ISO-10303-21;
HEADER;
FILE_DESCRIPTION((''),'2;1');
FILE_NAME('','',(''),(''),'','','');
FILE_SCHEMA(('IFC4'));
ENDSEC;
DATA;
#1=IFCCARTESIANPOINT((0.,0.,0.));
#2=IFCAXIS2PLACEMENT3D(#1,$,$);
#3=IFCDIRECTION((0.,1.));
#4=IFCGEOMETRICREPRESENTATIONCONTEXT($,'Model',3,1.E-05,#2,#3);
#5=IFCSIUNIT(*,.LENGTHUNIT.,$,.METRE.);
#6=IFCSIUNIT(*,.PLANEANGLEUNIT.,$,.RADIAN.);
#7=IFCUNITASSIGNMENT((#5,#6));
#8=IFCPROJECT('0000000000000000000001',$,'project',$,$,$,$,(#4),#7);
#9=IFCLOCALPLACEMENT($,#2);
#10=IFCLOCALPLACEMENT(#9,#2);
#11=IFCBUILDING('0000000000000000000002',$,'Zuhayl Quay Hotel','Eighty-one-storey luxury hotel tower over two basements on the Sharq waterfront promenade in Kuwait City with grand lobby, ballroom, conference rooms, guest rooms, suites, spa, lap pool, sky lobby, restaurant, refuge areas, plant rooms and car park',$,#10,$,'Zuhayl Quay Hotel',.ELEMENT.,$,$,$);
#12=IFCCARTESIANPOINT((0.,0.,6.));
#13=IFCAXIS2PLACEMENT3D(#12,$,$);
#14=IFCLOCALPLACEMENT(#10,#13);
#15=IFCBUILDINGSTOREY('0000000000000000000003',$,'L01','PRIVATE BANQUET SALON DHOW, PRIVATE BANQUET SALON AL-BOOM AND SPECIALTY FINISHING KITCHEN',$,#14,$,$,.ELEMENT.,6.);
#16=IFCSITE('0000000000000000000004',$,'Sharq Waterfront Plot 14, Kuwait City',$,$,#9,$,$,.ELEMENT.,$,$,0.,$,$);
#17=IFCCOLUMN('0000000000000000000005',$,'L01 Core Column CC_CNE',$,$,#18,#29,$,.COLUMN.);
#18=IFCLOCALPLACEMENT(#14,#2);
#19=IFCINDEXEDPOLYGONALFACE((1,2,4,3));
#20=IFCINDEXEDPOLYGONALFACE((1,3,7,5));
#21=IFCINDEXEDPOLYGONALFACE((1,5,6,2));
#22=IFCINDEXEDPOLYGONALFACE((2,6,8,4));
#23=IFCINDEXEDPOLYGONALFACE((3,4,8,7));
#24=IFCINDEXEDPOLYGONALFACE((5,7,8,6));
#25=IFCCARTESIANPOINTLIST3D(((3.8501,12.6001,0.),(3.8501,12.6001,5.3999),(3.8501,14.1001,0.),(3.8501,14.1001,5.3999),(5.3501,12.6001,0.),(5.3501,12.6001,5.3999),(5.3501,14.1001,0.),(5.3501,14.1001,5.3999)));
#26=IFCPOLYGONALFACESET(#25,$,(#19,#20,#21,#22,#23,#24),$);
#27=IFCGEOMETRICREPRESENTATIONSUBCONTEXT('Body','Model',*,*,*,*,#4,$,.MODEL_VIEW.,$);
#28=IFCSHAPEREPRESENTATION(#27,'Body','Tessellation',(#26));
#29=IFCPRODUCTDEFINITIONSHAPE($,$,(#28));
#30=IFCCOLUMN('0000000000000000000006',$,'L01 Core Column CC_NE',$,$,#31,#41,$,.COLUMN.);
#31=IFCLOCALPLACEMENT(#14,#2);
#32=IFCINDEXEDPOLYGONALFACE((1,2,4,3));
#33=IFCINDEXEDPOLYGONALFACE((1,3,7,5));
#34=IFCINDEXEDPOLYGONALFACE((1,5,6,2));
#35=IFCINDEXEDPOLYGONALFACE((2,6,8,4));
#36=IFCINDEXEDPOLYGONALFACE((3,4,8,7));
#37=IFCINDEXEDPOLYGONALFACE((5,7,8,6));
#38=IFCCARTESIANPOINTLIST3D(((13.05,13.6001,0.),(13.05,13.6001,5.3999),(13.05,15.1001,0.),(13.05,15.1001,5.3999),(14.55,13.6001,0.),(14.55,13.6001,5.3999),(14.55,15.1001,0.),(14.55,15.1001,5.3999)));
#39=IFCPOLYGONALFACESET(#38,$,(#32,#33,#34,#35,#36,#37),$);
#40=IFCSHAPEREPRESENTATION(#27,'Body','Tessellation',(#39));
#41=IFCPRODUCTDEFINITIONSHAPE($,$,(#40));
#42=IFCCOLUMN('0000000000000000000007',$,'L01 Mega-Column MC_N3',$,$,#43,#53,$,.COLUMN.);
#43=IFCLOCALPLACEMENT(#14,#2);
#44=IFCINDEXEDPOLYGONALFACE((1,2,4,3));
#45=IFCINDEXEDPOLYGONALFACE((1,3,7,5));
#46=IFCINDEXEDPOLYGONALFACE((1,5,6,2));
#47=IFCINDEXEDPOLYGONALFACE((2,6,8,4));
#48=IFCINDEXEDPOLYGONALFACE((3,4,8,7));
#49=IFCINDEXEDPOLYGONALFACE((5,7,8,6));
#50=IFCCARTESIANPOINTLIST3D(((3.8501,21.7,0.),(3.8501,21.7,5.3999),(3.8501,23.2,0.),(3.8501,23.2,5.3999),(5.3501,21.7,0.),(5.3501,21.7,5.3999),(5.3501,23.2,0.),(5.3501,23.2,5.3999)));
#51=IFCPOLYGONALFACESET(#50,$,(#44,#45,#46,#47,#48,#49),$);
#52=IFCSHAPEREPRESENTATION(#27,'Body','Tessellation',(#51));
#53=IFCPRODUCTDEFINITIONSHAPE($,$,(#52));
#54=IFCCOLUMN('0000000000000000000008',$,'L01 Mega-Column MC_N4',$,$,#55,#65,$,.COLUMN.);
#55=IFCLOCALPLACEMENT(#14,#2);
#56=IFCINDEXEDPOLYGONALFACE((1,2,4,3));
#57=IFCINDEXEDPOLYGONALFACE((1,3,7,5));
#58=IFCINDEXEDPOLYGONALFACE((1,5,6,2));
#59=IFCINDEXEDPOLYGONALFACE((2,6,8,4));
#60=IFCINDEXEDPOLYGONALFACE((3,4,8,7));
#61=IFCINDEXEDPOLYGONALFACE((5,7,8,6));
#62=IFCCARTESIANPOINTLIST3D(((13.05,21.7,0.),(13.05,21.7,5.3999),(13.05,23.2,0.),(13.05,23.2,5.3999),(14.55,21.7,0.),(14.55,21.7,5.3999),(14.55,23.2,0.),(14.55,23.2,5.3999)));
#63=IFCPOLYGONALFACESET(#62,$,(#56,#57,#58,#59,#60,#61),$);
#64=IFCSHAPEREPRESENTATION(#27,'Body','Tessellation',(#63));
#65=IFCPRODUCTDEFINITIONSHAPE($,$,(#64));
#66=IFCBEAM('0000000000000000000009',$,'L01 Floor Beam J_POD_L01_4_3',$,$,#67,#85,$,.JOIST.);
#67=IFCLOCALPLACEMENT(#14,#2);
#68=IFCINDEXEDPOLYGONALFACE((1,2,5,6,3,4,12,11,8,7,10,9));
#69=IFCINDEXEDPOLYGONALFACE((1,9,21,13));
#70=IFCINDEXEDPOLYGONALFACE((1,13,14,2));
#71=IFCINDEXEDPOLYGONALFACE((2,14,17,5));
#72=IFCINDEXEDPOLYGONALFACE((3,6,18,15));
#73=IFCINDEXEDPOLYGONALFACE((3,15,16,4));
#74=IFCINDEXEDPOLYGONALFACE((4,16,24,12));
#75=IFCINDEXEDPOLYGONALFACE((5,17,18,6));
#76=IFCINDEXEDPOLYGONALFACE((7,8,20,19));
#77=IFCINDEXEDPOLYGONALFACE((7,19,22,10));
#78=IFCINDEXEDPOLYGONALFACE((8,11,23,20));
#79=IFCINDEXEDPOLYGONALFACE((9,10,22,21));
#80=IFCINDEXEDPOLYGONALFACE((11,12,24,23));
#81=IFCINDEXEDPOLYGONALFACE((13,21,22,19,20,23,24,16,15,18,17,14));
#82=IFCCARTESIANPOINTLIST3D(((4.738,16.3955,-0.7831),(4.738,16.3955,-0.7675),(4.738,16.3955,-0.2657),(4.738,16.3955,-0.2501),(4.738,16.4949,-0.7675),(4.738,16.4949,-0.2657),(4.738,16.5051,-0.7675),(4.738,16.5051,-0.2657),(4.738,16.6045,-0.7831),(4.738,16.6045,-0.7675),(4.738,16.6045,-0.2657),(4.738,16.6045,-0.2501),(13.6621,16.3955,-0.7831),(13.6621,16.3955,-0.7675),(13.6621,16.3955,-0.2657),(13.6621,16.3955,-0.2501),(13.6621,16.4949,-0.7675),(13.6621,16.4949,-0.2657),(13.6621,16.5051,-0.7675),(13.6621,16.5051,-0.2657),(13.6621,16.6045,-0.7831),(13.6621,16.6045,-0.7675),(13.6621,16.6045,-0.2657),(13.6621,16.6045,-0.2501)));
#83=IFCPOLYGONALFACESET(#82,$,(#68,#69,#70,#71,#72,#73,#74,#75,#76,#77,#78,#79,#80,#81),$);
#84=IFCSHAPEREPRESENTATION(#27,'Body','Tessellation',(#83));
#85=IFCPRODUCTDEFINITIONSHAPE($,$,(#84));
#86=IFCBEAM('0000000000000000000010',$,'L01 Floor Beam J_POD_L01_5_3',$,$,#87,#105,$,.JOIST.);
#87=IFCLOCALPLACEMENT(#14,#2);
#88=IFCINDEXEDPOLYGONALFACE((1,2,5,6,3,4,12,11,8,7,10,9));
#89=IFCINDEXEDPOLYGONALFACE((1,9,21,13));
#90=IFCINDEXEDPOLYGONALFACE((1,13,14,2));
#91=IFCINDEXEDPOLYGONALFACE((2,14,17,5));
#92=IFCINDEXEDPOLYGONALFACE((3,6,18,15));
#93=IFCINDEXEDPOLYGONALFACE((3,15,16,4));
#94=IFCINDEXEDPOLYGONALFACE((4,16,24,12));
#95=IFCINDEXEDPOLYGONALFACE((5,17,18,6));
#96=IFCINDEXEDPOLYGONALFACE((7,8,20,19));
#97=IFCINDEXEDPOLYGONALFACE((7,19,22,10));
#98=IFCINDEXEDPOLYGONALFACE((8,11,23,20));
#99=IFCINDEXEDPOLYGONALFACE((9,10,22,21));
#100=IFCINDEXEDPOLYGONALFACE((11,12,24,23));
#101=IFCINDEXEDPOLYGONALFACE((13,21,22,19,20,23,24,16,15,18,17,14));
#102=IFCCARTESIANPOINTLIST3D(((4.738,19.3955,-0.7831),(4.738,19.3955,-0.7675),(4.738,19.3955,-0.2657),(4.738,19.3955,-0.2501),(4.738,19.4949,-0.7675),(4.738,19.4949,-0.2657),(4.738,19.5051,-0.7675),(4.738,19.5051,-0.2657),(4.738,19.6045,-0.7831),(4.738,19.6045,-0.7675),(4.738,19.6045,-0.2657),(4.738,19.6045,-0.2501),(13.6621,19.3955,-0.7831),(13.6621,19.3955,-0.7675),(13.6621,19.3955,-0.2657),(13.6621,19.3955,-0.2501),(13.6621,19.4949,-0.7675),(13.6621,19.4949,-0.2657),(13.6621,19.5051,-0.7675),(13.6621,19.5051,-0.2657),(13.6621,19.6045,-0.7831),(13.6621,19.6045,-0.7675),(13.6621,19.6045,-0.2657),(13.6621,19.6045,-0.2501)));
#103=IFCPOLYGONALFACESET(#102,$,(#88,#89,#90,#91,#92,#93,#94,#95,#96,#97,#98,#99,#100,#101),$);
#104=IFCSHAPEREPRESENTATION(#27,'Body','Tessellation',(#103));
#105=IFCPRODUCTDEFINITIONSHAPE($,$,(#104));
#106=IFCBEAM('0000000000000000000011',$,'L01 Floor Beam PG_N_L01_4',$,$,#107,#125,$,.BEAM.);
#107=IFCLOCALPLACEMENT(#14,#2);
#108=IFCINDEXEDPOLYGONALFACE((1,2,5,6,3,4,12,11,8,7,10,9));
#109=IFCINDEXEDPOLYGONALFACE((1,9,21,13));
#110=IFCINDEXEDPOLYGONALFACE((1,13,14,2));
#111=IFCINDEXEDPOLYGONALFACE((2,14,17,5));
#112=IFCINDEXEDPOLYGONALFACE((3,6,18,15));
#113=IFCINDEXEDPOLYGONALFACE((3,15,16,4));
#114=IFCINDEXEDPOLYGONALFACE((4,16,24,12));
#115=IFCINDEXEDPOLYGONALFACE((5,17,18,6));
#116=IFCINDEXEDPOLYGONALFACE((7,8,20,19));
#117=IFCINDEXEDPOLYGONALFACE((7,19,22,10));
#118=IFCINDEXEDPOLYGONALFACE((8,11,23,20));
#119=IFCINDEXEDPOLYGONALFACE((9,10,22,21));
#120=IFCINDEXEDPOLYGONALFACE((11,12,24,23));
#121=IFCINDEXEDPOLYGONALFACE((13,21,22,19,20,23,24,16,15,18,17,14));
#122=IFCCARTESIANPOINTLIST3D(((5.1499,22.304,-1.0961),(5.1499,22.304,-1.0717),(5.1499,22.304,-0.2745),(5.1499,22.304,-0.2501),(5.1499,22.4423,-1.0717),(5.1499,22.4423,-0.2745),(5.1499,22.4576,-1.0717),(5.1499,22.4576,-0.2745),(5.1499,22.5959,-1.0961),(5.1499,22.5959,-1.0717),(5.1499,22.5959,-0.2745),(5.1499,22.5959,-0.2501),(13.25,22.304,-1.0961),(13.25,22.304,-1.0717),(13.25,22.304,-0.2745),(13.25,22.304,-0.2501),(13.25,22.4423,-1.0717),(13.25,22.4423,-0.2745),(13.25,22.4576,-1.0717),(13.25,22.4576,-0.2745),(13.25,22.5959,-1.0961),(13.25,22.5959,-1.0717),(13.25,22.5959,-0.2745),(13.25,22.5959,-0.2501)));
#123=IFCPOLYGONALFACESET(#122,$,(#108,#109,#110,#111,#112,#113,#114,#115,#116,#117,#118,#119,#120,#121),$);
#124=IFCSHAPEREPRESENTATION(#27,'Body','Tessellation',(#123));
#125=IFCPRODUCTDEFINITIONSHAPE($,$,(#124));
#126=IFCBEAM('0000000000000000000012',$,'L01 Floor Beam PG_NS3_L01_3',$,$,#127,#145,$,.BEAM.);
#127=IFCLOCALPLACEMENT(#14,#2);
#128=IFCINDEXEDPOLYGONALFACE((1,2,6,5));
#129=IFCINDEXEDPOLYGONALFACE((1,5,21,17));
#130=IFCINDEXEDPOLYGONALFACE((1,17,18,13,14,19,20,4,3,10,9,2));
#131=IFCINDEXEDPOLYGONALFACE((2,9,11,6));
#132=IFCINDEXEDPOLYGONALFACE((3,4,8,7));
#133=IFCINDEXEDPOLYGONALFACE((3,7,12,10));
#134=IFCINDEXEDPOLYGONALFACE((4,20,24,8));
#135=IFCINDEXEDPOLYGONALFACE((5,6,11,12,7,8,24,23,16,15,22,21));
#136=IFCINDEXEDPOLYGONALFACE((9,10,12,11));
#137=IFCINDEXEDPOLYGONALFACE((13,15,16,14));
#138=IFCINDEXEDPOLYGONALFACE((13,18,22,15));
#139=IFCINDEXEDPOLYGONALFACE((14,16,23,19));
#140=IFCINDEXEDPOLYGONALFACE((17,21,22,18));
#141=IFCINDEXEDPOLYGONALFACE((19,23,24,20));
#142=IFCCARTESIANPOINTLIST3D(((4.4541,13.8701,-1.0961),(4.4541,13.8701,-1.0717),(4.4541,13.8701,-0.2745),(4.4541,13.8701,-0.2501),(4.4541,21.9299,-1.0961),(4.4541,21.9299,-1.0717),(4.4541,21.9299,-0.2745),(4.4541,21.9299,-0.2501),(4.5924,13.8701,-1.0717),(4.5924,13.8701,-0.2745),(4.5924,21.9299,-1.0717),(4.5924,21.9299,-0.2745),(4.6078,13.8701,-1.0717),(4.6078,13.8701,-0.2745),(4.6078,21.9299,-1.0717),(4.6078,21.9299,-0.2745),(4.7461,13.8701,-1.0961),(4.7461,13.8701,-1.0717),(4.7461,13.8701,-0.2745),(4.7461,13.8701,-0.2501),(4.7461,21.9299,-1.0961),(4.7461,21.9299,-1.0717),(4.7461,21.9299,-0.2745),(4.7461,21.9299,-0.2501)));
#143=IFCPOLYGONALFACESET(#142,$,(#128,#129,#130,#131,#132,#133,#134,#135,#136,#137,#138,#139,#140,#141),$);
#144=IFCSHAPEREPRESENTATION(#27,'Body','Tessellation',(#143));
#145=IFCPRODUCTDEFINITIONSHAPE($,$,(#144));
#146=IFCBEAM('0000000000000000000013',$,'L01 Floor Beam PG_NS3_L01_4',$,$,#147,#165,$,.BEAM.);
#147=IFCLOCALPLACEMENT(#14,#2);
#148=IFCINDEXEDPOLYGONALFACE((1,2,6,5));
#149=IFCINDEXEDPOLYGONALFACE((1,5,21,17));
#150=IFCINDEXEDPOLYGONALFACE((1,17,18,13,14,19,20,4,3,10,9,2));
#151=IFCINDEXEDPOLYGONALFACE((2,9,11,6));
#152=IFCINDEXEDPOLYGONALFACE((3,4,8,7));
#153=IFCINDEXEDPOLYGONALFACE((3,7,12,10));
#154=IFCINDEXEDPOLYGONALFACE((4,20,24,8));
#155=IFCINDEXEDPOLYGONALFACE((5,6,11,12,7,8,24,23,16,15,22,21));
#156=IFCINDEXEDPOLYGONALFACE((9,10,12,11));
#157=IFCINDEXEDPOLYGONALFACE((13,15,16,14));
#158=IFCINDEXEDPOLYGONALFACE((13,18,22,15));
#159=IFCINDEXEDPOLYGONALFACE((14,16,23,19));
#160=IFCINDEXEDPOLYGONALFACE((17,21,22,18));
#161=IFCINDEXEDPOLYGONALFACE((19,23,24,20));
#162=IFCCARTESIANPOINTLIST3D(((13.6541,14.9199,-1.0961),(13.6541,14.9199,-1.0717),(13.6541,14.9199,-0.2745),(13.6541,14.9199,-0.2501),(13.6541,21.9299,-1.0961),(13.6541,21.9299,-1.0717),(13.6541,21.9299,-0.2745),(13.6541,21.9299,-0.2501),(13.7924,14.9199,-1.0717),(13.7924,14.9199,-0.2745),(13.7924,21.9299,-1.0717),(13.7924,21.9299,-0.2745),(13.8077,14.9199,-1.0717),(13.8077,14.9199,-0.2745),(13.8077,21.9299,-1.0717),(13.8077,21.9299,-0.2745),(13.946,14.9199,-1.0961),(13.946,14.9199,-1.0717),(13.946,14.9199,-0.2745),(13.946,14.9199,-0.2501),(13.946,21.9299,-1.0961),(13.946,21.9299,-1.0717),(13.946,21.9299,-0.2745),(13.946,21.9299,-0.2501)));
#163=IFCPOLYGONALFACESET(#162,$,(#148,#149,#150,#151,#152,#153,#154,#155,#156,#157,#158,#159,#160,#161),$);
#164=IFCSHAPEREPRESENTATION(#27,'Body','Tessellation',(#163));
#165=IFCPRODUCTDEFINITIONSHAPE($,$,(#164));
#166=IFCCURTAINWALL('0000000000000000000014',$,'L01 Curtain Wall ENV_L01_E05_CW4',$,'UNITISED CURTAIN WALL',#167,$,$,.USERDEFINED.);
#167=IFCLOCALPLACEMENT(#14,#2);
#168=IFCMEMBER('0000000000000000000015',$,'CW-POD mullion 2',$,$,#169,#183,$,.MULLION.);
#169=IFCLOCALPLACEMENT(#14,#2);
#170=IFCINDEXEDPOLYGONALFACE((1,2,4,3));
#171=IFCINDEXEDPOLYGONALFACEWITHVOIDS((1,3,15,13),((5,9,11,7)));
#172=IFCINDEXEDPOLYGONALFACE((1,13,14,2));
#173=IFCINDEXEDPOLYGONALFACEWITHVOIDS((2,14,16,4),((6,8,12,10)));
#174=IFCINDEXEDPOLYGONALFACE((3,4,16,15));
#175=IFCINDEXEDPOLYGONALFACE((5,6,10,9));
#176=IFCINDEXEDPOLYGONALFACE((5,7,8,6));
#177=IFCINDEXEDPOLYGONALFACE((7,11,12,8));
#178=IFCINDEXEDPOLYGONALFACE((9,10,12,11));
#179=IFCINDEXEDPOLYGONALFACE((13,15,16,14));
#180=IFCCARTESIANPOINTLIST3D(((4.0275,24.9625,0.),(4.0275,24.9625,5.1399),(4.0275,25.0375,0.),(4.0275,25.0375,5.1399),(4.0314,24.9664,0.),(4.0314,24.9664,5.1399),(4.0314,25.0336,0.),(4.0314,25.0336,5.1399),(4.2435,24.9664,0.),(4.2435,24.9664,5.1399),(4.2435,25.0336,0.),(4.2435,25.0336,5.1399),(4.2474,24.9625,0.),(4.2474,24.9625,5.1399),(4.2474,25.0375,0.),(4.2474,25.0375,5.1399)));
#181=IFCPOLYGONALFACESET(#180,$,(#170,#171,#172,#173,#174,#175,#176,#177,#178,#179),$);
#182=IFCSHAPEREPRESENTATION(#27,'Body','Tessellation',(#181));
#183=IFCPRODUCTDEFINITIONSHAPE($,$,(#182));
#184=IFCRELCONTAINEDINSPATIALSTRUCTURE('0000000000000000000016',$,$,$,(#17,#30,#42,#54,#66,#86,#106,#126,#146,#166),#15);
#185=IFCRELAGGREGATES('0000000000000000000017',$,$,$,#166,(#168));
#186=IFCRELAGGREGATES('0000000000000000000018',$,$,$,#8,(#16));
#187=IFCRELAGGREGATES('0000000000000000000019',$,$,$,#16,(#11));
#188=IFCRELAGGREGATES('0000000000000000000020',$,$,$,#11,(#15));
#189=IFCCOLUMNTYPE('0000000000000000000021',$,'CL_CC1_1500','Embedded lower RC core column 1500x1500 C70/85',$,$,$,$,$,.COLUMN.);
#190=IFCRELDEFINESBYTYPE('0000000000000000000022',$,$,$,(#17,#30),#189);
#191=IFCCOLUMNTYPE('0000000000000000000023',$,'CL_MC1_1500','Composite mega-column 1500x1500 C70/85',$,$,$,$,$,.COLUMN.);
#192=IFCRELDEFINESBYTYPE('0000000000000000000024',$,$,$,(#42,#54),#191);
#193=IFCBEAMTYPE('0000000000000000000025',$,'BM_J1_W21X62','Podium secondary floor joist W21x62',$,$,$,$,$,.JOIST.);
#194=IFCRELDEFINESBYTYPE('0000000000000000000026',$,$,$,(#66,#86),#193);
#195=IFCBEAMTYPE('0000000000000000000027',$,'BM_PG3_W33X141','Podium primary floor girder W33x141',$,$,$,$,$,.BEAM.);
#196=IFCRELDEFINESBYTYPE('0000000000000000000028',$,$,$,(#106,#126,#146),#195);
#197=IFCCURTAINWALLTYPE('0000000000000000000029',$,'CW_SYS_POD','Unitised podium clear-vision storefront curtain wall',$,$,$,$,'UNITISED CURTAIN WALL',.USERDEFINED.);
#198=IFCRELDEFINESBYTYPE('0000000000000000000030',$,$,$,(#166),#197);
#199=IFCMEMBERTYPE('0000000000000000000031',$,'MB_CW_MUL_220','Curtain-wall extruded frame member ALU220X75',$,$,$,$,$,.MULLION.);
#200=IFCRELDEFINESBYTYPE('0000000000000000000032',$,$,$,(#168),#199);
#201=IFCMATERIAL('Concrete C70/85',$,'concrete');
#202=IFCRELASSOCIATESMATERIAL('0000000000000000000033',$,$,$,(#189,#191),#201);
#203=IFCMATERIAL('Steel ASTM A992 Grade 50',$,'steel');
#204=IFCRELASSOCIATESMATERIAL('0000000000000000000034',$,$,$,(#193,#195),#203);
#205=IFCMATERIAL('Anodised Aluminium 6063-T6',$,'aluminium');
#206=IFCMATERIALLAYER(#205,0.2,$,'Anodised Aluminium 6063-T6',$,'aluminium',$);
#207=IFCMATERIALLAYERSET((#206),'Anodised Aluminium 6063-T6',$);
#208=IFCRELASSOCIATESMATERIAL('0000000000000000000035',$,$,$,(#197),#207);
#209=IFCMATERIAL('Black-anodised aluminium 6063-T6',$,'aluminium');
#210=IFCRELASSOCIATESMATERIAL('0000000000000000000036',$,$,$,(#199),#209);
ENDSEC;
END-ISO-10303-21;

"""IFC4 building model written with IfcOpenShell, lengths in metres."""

from ifc_helpers import new_model, si_unit, direction, frame, origin, origin_2d, place, context, subcontext, project, spatial, rectangle, hollow_rectangle, i_section, extrude, material, layer, layer_set, material_profile, profile_set, type_object, element, aggregate, save


model = new_model("IFC4")

# Units and contexts
model_context = context("Model", 3, precision=1e-05, world=origin(), true_north=direction((0.0, 1.0)))
body_context = subcontext(model_context, "Body", "Model", "MODEL_VIEW")
ifc_project = project(units=[si_unit("LENGTHUNIT", "METRE"), si_unit("PLANEANGLEUNIT", "RADIAN")], contexts=[model_context])

# Site, building, storey
site_placement = place(None, origin())
site = spatial("IfcSite", under=ifc_project, at=site_placement, Name="Sharq Waterfront Plot 14, Kuwait City", CompositionType="ELEMENT", RefElevation=0.0)
building_placement = place(site_placement, origin())
building = spatial("IfcBuilding", under=site, at=building_placement, Name="Zuhayl Quay Hotel", Description="Eighty-one-storey luxury hotel tower over two basements on the Sharq waterfront promenade in Kuwait City with grand lobby, ballroom, conference rooms, guest rooms, suites, spa, lap pool, sky lobby, restaurant, refuge areas, plant rooms and car park", LongName="Zuhayl Quay Hotel", CompositionType="ELEMENT")
storey_placement = place(building_placement, frame((0.0, 0.0, 6.0)))
storey = spatial("IfcBuildingStorey", under=building, at=storey_placement, Name="L01", Description="PRIVATE BANQUET SALON DHOW, PRIVATE BANQUET SALON AL-BOOM AND SPECIALTY FINISHING KITCHEN", CompositionType="ELEMENT", Elevation=6.0)

# Columns
ifc_material_1 = material(Name="Concrete C70/85", Category="concrete")
ifc_material_profile_1 = material_profile(ifc_material_1, rectangle(XDim=1.5, YDim=1.5, at=origin_2d()), Name="RC1500X1500")
ifc_profile_set_1 = profile_set([ifc_material_profile_1], Name="Concrete C70/85")
column_type_1 = type_object("IfcColumnType", Name="CL_CC1_1500", Description="Embedded lower RC core column 1500x1500 C70/85", PredefinedType="COLUMN", material=ifc_profile_set_1)
for number, where, z_axis, x_axis, name in (
    (1, (4.6001, 13.3501, 0.0), (0.0, 0.0, 1.0), (1.0, 0.0, 0.0), "L01 Core Column CC_CNE"),
    (2, (13.8, 14.3501, 0.0), (0.0, 0.0, 1.0), (1.0, 0.0, 0.0), "L01 Core Column CC_NE"),
):
    element("IfcColumn", number, at=place(storey_placement, frame(where, z_axis=z_axis, x_axis=x_axis)), inside=storey, type_object=column_type_1, Name=name, PredefinedType="COLUMN", context=body_context, shape_type="SweptSolid", body=[
        extrude(rectangle(XDim=1.5, YDim=1.5, at=origin_2d()), origin(), (0.0, 0.0, 1.0), 5.3999),
    ])
ifc_material_profile_2 = material_profile(ifc_material_1, rectangle(XDim=1.5, YDim=1.5, at=origin_2d()), Name="RC1500X1500")
ifc_profile_set_2 = profile_set([ifc_material_profile_2], Name="Concrete C70/85")
column_type_2 = type_object("IfcColumnType", Name="CL_MC1_1500", Description="Composite mega-column 1500x1500 C70/85", PredefinedType="COLUMN", material=ifc_profile_set_2)
for number, where, z_axis, x_axis, name in (
    (3, (4.6001, 22.45, 0.0), (0.0, 0.0, 1.0), (1.0, 0.0, 0.0), "L01 Mega-Column MC_N3"),
    (4, (13.8, 22.45, 0.0), (0.0, 0.0, 1.0), (1.0, 0.0, 0.0), "L01 Mega-Column MC_N4"),
):
    element("IfcColumn", number, at=place(storey_placement, frame(where, z_axis=z_axis, x_axis=x_axis)), inside=storey, type_object=column_type_2, Name=name, PredefinedType="COLUMN", context=body_context, shape_type="SweptSolid", body=[
        extrude(rectangle(XDim=1.5, YDim=1.5, at=origin_2d()), origin(), (0.0, 0.0, 1.0), 5.3999),
    ])

# Beams
ifc_material_2 = material(Name="Steel ASTM A992 Grade 50", Category="steel")
ifc_material_profile_3 = material_profile(ifc_material_2, i_section(OverallWidth=0.209, OverallDepth=0.533, WebThickness=0.0103, FlangeThickness=0.0156, at=origin_2d()), Name="W21X62")
ifc_profile_set_3 = profile_set([ifc_material_profile_3], Name="Steel ASTM A992 Grade 50")
beam_type_1 = type_object("IfcBeamType", Name="BM_J1_W21X62", Description="Podium secondary floor joist W21x62", PredefinedType="JOIST", material=ifc_profile_set_3)
for number, where, z_axis, x_axis, name in (
    (5, (4.738, 16.5, -0.5166), (1.0, 0.0, 0.0), (0.0, 1.0, 0.0), "L01 Floor Beam J_POD_L01_4_3"),
    (6, (4.738, 19.5, -0.5166), (1.0, 0.0, 0.0), (0.0, 1.0, 0.0), "L01 Floor Beam J_POD_L01_5_3"),
):
    element("IfcBeam", number, at=place(storey_placement, frame(where, z_axis=z_axis, x_axis=x_axis)), inside=storey, type_object=beam_type_1, Name=name, PredefinedType="JOIST", context=body_context, shape_type="SweptSolid", body=[
        extrude(i_section(OverallWidth=0.209, OverallDepth=0.533, WebThickness=0.0103, FlangeThickness=0.0156, at=origin_2d()), origin(), (0.0, 0.0, 1.0), 8.9241),
    ])
ifc_material_profile_4 = material_profile(ifc_material_2, i_section(OverallWidth=0.292, OverallDepth=0.8459, WebThickness=0.0154, FlangeThickness=0.0244, at=origin_2d()), Name="W33X141")
ifc_profile_set_4 = profile_set([ifc_material_profile_4], Name="Steel ASTM A992 Grade 50")
beam_type_2 = type_object("IfcBeamType", Name="BM_PG3_W33X141", Description="Podium primary floor girder W33x141", PredefinedType="BEAM", material=ifc_profile_set_4)
beam_1_placement = place(storey_placement, frame((5.1499, 22.45, -0.6731), z_axis=(1.0, 0.0, 0.0), x_axis=(0.0, 1.0, 0.0)))
element("IfcBeam", 7, at=beam_1_placement, inside=storey, type_object=beam_type_2, Name="L01 Floor Beam PG_N_L01_4", PredefinedType="BEAM", context=body_context, shape_type="SweptSolid", body=[
    extrude(i_section(OverallWidth=0.292, OverallDepth=0.8459, WebThickness=0.0154, FlangeThickness=0.0244, at=origin_2d()), origin(), (0.0, 0.0, 1.0), 8.1001),
])
beam_2_placement = place(storey_placement, frame((4.6001, 13.8701, -0.6731), z_axis=(0.0, 1.0, 0.0), x_axis=(-1.0, 0.0, 0.0)))
element("IfcBeam", 8, at=beam_2_placement, inside=storey, type_object=beam_type_2, Name="L01 Floor Beam PG_NS3_L01_3", PredefinedType="BEAM", context=body_context, shape_type="SweptSolid", body=[
    extrude(i_section(OverallWidth=0.292, OverallDepth=0.8459, WebThickness=0.0154, FlangeThickness=0.0244, at=origin_2d()), origin(), (0.0, 0.0, 1.0), 8.0598),
])
beam_3_placement = place(storey_placement, frame((13.8, 14.9199, -0.6731), z_axis=(0.0, 1.0, 0.0), x_axis=(-1.0, 0.0, 0.0)))
element("IfcBeam", 9, at=beam_3_placement, inside=storey, type_object=beam_type_2, Name="L01 Floor Beam PG_NS3_L01_4", PredefinedType="BEAM", context=body_context, shape_type="SweptSolid", body=[
    extrude(i_section(OverallWidth=0.292, OverallDepth=0.8459, WebThickness=0.0154, FlangeThickness=0.0244, at=origin_2d()), origin(), (0.0, 0.0, 1.0), 7.01),
])

# Curtain wall, member
ifc_material_3 = material(Name="Anodised Aluminium 6063-T6", Category="aluminium")
ifc_layer_1 = layer(ifc_material_3, 0.2, Name="Anodised Aluminium 6063-T6", Category="aluminium")
ifc_layer_set_1 = layer_set([ifc_layer_1], Name="Anodised Aluminium 6063-T6")
curtain_wall_type = type_object("IfcCurtainWallType", Name="CW_SYS_POD", Description="Unitised podium clear-vision storefront curtain wall", ElementType="UNITISED CURTAIN WALL", PredefinedType="USERDEFINED", material=ifc_layer_set_1)
curtain_wall_placement = place(storey_placement, origin())
curtain_wall = element("IfcCurtainWall", 10, at=curtain_wall_placement, inside=storey, type_object=curtain_wall_type, Name="L01 Curtain Wall ENV_L01_E05_CW4", ObjectType="UNITISED CURTAIN WALL", PredefinedType="USERDEFINED")
ifc_material_4 = material(Name="Black-anodised aluminium 6063-T6", Category="aluminium")
ifc_material_profile_5 = material_profile(ifc_material_4, hollow_rectangle(XDim=0.075, YDim=0.22, WallThickness=0.0039, at=origin_2d()), Name="ALU220X75")
ifc_profile_set_5 = profile_set([ifc_material_profile_5], Name="Black-anodised aluminium 6063-T6")
member_type_1 = type_object("IfcMemberType", Name="MB_CW_MUL_220", Description="Curtain-wall extruded frame member ALU220X75", PredefinedType="MULLION", material=ifc_profile_set_5)
member_1_placement = place(storey_placement, frame((4.1375, 25.0, 0.0), z_axis=(0.0, 0.0, 1.0), x_axis=(0.0, 1.0, 0.0)))
member_1 = element("IfcMember", 11, at=member_1_placement, type_object=member_type_1, Name="CW-POD mullion 2", PredefinedType="MULLION", context=body_context, shape_type="SweptSolid", body=[
    extrude(hollow_rectangle(XDim=0.075, YDim=0.22, WallThickness=0.0039, at=origin_2d()), origin(), (0.0, 0.0, 1.0), 5.1399),
])
aggregate(curtain_wall, [member_1])

save(model, "model.ifc")
